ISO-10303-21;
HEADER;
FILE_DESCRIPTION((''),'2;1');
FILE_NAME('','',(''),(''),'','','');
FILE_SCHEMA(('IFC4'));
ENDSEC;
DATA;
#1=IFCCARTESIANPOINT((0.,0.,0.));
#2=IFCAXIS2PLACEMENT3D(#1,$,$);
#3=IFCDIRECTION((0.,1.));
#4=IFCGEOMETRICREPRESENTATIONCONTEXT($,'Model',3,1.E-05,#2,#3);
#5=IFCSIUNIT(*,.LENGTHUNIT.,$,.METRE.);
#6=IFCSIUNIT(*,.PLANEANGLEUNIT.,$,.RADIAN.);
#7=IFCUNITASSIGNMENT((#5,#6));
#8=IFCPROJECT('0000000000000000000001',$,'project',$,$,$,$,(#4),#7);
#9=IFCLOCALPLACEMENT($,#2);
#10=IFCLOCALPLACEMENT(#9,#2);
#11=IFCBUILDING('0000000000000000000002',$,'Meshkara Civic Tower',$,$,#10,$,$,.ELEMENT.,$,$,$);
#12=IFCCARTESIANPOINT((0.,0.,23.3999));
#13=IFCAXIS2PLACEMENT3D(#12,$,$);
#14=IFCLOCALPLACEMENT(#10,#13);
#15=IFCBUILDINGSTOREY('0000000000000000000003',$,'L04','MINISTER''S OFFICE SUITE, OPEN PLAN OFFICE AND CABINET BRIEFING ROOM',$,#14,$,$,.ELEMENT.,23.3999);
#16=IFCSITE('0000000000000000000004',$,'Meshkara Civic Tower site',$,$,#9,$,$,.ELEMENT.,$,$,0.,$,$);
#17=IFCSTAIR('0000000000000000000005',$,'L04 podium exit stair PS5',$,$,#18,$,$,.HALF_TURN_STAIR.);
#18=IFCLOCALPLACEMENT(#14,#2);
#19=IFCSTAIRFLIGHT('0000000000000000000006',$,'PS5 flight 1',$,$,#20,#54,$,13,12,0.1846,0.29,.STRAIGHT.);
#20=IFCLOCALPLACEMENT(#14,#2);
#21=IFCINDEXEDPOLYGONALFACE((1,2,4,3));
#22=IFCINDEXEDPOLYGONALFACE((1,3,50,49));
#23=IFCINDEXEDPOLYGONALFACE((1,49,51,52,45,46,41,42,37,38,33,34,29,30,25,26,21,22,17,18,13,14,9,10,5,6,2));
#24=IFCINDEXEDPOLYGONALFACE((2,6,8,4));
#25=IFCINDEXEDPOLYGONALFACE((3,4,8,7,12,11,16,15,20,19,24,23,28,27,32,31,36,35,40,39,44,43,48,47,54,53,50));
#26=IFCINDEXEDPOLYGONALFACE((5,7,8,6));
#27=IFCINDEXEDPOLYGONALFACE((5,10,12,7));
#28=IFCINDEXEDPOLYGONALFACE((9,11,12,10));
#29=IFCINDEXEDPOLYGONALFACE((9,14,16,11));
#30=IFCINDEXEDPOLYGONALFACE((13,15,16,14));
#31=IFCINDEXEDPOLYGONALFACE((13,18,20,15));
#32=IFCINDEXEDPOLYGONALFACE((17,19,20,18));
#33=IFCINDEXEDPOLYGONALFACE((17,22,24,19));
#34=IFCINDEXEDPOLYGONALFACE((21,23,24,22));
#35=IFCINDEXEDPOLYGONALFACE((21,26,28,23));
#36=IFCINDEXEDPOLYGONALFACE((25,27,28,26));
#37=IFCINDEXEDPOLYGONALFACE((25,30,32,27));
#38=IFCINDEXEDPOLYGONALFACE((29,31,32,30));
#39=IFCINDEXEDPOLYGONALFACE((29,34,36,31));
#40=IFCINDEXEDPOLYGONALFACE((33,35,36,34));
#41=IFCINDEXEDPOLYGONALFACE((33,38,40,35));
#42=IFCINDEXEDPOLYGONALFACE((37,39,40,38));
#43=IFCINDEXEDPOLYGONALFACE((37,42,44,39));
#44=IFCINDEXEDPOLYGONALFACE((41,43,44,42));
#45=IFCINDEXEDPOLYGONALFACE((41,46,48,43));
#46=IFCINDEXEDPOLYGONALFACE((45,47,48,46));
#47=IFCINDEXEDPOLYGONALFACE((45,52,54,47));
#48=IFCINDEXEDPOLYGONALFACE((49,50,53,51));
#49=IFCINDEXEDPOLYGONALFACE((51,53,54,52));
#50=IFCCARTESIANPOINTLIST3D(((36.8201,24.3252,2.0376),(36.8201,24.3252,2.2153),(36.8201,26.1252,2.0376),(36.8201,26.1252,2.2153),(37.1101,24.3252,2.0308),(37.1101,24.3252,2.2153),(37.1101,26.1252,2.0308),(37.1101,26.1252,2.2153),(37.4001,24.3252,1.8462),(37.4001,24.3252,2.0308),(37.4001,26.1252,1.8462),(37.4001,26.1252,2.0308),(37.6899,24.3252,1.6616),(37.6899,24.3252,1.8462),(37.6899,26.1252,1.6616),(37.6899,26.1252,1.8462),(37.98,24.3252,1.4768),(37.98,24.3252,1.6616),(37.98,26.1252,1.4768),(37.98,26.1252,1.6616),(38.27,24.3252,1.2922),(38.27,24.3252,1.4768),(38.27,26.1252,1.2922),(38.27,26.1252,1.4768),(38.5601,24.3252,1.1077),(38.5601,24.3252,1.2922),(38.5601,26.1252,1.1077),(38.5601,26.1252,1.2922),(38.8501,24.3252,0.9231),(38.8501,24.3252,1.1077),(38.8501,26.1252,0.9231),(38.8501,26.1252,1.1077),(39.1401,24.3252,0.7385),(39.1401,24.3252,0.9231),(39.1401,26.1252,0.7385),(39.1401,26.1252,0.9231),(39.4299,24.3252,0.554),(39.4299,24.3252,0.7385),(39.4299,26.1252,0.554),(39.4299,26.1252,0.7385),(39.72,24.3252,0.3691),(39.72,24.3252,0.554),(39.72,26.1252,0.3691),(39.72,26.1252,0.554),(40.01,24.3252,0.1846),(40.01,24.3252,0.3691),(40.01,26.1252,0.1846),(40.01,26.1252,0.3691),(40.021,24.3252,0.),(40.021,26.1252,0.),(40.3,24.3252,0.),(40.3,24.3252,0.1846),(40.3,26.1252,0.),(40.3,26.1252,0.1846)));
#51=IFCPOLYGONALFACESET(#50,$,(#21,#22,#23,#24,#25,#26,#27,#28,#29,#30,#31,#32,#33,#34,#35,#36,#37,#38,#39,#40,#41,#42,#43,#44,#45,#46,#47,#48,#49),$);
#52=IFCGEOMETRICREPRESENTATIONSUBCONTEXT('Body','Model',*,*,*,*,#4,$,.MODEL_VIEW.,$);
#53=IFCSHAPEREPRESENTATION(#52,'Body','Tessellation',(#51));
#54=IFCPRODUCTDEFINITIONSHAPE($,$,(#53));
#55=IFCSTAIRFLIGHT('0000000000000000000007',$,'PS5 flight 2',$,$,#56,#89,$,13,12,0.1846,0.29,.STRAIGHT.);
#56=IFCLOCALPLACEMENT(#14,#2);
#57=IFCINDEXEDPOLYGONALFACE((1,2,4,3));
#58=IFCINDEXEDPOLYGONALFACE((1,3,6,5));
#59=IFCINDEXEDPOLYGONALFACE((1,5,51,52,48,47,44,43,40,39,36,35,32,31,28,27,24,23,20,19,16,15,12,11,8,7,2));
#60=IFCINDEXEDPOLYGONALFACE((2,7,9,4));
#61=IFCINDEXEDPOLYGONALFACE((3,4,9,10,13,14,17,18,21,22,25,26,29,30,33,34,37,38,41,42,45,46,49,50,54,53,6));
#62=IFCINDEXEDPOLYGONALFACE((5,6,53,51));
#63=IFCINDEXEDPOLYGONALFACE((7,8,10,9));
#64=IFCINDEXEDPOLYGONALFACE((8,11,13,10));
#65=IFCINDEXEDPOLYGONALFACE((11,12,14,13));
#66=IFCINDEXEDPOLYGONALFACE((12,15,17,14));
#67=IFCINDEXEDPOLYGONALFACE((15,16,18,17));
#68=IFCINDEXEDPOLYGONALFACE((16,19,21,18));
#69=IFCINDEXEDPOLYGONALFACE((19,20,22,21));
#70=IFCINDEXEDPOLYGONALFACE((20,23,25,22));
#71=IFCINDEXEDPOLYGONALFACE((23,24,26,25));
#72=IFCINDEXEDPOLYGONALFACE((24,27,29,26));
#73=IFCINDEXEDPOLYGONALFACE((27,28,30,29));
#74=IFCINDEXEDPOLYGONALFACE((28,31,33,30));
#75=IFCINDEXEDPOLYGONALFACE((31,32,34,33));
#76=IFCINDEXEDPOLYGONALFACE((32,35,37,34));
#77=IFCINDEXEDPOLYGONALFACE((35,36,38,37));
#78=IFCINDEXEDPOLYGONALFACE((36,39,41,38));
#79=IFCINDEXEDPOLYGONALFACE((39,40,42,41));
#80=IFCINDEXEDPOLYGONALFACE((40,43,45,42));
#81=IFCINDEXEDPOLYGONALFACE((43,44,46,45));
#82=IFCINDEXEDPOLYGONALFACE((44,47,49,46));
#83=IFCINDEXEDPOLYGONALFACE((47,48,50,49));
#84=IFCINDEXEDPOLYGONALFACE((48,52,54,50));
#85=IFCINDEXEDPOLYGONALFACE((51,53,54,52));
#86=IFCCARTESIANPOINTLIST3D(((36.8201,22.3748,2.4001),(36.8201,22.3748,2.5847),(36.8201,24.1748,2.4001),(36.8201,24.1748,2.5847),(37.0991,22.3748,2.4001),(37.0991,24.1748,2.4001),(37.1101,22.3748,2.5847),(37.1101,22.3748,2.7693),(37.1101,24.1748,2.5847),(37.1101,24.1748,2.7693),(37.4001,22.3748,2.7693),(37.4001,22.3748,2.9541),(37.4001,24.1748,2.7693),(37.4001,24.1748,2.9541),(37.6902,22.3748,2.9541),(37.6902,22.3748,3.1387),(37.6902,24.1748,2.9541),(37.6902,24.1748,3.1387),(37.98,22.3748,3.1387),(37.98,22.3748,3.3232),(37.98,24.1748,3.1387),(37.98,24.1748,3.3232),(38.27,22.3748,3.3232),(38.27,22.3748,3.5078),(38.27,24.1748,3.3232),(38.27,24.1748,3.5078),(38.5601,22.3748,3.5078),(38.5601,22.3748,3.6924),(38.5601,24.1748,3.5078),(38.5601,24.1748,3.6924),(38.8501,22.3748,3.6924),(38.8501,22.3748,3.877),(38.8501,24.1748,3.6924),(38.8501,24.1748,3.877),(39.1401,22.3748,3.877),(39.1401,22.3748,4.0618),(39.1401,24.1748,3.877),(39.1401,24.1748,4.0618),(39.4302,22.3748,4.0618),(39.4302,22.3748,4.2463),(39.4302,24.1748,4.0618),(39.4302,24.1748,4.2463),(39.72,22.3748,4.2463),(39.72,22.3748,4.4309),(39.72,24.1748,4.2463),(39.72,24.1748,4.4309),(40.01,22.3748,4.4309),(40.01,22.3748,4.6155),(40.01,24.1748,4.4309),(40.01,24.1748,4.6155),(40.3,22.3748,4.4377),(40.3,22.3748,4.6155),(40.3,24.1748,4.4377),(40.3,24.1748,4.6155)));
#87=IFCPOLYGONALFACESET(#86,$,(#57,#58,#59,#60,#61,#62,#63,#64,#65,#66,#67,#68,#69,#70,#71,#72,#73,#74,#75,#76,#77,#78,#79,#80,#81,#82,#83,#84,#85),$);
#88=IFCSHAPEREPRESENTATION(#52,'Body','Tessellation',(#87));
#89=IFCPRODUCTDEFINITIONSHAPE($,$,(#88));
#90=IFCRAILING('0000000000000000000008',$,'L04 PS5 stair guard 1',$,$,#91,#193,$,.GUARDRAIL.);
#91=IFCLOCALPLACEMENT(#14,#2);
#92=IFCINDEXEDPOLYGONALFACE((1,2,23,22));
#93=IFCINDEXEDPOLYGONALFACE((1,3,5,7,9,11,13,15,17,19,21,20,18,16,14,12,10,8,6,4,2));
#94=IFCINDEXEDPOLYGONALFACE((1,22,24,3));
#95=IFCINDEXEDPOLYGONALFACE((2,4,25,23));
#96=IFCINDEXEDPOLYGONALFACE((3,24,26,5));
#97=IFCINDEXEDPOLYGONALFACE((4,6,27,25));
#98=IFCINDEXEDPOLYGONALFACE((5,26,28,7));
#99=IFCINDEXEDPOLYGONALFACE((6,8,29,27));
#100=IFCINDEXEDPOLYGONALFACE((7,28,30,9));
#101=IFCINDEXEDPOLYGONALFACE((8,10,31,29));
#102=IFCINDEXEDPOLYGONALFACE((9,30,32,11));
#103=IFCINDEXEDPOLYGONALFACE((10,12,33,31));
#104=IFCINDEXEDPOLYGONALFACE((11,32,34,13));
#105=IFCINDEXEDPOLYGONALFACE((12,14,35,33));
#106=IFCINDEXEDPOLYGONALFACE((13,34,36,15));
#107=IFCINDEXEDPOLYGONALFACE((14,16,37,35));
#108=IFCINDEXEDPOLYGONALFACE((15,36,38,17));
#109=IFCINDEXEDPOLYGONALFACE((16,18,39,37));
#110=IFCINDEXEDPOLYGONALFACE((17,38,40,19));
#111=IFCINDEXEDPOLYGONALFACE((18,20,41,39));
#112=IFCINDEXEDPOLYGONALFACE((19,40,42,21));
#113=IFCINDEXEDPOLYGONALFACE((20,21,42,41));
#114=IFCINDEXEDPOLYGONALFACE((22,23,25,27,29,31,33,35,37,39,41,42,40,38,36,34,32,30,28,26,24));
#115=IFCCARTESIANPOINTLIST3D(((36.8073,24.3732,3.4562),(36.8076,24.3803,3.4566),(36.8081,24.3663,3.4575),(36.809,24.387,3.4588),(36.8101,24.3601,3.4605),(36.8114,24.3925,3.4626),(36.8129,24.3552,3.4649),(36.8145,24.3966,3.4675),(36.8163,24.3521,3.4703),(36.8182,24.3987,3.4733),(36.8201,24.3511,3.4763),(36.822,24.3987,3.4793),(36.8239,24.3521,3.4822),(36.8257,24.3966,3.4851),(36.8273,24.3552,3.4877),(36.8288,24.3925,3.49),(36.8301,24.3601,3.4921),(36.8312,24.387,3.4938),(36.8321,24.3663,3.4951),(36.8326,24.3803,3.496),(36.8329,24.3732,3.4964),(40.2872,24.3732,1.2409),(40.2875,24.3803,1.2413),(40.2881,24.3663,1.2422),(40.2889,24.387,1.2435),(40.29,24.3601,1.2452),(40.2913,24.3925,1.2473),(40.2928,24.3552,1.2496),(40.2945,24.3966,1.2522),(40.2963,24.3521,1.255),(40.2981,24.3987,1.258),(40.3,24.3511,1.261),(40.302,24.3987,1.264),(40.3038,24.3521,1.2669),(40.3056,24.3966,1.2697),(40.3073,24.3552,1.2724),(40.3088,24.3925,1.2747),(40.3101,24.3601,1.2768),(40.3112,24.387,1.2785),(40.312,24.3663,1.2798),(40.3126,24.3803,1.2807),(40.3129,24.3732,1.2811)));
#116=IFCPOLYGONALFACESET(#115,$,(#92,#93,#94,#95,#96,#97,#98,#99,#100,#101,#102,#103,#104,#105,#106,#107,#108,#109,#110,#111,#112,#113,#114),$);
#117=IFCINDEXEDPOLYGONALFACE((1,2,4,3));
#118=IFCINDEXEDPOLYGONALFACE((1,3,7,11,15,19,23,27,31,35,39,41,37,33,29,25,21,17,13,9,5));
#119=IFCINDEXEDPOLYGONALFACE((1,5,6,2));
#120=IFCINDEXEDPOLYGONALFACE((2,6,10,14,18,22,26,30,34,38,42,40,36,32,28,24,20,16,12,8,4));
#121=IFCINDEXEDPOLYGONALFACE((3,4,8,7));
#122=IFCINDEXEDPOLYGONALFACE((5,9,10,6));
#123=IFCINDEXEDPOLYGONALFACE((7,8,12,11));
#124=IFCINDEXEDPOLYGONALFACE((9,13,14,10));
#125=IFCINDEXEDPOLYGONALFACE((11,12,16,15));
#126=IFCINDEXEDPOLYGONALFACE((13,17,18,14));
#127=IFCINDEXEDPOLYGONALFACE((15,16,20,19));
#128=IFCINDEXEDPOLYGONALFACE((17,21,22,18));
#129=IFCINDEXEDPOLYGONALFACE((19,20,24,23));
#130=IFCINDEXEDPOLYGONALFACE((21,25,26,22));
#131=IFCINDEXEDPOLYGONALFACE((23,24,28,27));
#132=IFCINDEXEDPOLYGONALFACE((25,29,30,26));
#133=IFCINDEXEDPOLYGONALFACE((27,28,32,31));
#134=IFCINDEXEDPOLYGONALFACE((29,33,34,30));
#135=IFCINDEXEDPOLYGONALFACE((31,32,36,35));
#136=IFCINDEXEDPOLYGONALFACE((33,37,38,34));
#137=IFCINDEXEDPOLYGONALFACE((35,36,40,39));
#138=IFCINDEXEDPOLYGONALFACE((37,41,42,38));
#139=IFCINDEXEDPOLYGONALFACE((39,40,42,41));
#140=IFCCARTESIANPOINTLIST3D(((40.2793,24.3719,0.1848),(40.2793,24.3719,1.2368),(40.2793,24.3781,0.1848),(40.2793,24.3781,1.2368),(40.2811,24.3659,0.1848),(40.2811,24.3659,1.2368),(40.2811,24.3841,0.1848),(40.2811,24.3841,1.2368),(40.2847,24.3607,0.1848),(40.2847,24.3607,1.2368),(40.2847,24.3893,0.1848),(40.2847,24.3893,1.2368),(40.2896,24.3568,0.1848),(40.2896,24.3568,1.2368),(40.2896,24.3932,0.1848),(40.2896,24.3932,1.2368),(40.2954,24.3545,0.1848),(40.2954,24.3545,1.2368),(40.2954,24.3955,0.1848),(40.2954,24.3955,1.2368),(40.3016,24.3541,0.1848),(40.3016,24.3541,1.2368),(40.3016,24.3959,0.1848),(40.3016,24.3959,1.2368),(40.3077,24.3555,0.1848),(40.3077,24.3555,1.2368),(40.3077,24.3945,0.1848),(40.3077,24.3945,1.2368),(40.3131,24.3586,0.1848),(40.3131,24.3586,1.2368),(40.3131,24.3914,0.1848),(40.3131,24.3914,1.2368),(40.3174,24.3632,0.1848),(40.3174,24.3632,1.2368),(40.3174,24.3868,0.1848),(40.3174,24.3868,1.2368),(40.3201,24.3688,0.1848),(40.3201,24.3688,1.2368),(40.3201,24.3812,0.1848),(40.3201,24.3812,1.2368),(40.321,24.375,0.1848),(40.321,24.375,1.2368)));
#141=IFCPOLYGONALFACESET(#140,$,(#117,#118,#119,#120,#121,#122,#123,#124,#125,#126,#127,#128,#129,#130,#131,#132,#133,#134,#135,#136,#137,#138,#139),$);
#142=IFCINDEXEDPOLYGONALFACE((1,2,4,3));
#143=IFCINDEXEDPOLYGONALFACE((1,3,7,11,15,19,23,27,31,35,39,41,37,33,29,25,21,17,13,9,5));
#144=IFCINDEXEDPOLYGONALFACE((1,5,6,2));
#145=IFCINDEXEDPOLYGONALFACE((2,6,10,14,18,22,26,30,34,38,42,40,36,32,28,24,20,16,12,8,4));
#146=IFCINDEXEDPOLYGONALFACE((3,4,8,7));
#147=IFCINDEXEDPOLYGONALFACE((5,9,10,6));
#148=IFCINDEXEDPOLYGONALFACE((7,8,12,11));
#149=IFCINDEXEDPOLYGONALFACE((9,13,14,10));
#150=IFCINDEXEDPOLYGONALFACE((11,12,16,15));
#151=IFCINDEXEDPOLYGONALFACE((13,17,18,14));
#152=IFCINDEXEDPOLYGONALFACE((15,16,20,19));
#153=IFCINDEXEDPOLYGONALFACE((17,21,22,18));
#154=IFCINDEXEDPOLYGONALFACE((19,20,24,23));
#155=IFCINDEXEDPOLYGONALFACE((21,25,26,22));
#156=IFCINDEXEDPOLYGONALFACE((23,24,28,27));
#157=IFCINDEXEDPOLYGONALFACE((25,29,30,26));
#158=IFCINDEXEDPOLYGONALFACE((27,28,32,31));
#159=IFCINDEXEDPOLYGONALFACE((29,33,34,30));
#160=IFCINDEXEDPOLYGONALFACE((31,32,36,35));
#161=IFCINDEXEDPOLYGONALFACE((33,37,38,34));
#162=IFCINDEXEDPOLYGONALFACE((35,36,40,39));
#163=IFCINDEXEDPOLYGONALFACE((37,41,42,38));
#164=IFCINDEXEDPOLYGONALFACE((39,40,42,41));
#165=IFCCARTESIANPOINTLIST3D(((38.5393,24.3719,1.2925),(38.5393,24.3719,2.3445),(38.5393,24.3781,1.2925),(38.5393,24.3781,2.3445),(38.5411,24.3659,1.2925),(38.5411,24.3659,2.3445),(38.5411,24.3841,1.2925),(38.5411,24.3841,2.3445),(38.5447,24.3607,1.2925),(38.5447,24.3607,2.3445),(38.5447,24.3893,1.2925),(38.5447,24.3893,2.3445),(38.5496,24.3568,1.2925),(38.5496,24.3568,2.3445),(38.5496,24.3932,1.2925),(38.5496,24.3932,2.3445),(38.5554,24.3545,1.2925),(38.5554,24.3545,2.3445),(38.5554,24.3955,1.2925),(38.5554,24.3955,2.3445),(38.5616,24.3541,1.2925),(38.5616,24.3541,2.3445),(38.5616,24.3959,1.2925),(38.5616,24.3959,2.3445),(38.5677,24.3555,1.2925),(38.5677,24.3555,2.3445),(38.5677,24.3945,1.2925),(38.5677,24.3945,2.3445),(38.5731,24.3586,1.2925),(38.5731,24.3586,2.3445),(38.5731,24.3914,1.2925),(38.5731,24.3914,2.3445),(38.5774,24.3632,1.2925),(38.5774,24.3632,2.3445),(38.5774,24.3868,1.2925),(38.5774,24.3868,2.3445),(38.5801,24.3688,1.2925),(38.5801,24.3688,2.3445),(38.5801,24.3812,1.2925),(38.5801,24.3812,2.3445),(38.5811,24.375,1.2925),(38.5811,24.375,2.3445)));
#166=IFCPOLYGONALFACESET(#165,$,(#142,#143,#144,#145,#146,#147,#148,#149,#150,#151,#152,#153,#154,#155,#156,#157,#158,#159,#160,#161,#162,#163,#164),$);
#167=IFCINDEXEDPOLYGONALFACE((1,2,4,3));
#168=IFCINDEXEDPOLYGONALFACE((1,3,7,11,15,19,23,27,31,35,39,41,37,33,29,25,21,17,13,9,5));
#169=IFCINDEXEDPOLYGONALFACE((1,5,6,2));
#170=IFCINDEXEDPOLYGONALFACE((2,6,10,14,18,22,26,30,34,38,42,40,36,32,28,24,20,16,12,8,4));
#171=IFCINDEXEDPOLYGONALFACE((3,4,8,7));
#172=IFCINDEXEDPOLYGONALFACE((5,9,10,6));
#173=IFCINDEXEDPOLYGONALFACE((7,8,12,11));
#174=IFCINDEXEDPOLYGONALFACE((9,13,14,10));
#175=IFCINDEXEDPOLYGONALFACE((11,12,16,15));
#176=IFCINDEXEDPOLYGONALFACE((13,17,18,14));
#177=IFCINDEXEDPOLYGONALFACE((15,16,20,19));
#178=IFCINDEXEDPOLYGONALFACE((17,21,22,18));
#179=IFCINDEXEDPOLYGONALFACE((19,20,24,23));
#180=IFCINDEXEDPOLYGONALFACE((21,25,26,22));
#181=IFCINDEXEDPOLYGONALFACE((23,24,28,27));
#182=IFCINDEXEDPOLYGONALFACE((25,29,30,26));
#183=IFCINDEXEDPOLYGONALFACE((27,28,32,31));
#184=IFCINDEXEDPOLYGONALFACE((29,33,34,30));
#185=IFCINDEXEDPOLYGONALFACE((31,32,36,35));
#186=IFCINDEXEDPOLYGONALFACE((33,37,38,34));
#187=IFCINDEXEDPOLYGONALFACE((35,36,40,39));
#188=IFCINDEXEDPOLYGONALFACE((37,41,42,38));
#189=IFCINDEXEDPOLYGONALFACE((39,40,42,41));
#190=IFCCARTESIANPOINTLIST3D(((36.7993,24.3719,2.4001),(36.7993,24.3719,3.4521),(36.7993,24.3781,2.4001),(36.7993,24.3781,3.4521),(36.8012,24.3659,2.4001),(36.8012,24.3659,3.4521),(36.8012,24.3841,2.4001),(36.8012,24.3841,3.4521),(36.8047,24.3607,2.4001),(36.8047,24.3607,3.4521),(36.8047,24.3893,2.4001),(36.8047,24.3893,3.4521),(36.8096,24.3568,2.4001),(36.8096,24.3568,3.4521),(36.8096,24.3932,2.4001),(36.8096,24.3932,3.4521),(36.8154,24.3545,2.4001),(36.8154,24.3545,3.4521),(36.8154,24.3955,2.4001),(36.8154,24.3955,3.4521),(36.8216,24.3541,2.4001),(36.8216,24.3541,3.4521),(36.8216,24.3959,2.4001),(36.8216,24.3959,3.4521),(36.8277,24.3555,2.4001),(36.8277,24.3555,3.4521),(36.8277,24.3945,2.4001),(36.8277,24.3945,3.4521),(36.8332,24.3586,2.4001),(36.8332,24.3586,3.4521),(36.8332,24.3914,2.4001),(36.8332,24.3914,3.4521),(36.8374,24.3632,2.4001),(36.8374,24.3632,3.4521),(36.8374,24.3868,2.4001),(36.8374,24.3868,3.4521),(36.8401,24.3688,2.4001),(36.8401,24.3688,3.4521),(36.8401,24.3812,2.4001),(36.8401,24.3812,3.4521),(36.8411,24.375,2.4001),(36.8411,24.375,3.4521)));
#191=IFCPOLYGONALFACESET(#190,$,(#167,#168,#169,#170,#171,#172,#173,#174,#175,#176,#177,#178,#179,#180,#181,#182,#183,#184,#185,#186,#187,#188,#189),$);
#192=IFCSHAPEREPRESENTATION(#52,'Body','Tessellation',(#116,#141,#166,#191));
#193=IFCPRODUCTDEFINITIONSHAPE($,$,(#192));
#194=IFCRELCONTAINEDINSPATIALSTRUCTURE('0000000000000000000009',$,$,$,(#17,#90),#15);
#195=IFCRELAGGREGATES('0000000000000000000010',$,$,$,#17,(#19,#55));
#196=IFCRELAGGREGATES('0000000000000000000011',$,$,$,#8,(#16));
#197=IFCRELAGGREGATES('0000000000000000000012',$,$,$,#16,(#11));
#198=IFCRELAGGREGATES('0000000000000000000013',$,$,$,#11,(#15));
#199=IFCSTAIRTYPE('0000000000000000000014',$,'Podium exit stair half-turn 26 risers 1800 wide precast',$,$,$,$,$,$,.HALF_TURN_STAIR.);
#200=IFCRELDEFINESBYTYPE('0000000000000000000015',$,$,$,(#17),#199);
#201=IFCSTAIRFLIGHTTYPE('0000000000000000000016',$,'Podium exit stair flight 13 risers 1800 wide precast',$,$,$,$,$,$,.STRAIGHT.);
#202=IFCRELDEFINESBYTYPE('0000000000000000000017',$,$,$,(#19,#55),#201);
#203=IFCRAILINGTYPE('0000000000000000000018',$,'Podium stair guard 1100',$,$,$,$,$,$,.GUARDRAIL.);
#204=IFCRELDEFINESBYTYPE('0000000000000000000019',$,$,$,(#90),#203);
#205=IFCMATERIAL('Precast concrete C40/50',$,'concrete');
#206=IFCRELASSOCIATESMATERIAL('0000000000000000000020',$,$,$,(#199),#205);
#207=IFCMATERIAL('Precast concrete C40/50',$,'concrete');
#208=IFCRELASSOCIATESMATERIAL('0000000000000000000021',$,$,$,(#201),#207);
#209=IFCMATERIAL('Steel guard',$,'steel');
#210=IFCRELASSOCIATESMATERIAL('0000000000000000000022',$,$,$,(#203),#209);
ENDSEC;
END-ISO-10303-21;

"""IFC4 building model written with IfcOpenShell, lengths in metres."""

from ifc_helpers import new_model, si_unit, direction, frame, origin, origin_2d, place, context, subcontext, project, spatial, polyline, circle, outline, extrude, material, type_object, element, aggregate, save


model = new_model("IFC4")

# Units and contexts
model_context = context("Model", 3, precision=1e-05, world=origin(), true_north=direction((0.0, 1.0)))
body_context = subcontext(model_context, "Body", "Model", "MODEL_VIEW")
ifc_project = project(units=[si_unit("LENGTHUNIT", "METRE"), si_unit("PLANEANGLEUNIT", "RADIAN")], contexts=[model_context])

# Site, building, storey
site_placement = place(None, origin())
site = spatial("IfcSite", under=ifc_project, at=site_placement, Name="Meshkara Civic Tower site", CompositionType="ELEMENT", RefElevation=0.0)
building_placement = place(site_placement, origin())
building = spatial("IfcBuilding", under=site, at=building_placement, Name="Meshkara Civic Tower", CompositionType="ELEMENT")
storey_placement = place(building_placement, frame((0.0, 0.0, 23.3999)))
storey = spatial("IfcBuildingStorey", under=building, at=storey_placement, Name="L04", Description="MINISTER'S OFFICE SUITE, OPEN PLAN OFFICE AND CABINET BRIEFING ROOM", CompositionType="ELEMENT", Elevation=23.3999)

# Stair, stair flights
ifc_material_1 = material(Name="Precast concrete C40/50", Category="concrete")
stair_type = type_object("IfcStairType", Name="Podium exit stair half-turn 26 risers 1800 wide precast", PredefinedType="HALF_TURN_STAIR", material=ifc_material_1)
stair_placement = place(storey_placement, origin())
stair = element("IfcStair", 1, at=stair_placement, inside=storey, type_object=stair_type, Name="L04 podium exit stair PS5", PredefinedType="HALF_TURN_STAIR")
ifc_material_2 = material(Name="Precast concrete C40/50", Category="concrete")
stair_flight_type = type_object("IfcStairFlightType", Name="Podium exit stair flight 13 risers 1800 wide precast", PredefinedType="STRAIGHT", material=ifc_material_2)
stair_flight_1_placement = place(storey_placement, frame((40.3, 25.2251, 0.0), z_axis=(0.0, 0.0, 1.0), x_axis=(-1.0, 0.0, 0.0)))
stair_flight_1 = element("IfcStairFlight", 2, at=stair_flight_1_placement, type_object=stair_flight_type, Name="PS5 flight 1", NumberOfRisers=13, NumberOfTreads=12, PredefinedType="STRAIGHT", RiserHeight=0.1846, TreadLength=0.29, context=body_context, shape_type="SweptSolid", body=[
    extrude(outline(polyline([(0.0, 0.0), (0.0, 0.1846), (0.29, 0.1846), (0.29, 0.3691), (0.5801, 0.3691), (0.5801, 0.554), (0.8701, 0.554), (0.8701, 0.7385), (1.1599, 0.7385), (1.1599, 0.9231), (1.45, 0.9231), (1.45, 1.1077), (1.74, 1.1077), (1.74, 1.2922), (2.03, 1.2922), (2.03, 1.4768), (2.3201, 1.4768), (2.3201, 1.6616), (2.6101, 1.6616), (2.6101, 1.8462), (2.8999, 1.8462), (2.8999, 2.0308), (3.1899, 2.0308), (3.1899, 2.2153), (3.48, 2.2153), (3.48, 2.3999), (3.48, 2.0376), (0.2791, 0.0), (0.0, 0.0)])), frame((0.0, 0.8999, 0.0), z_axis=(0.0, -1.0, 0.0), x_axis=(1.0, 0.0, 0.0)), (0.0, 0.0, 1.0), 1.8),
])
stair_flight_2_placement = place(storey_placement, frame((36.8201, 23.2749, 2.4001), z_axis=(0.0, 0.0, 1.0), x_axis=(1.0, 0.0, 0.0)))
stair_flight_2 = element("IfcStairFlight", 3, at=stair_flight_2_placement, type_object=stair_flight_type, Name="PS5 flight 2", NumberOfRisers=13, NumberOfTreads=12, PredefinedType="STRAIGHT", RiserHeight=0.1846, TreadLength=0.29, context=body_context, shape_type="SweptSolid", body=[
    extrude(outline(polyline([(0.0, 0.0), (0.0, 0.1846), (0.29, 0.1846), (0.29, 0.3691), (0.5801, 0.3691), (0.5801, 0.554), (0.8701, 0.554), (0.8701, 0.7385), (1.1599, 0.7385), (1.1599, 0.9231), (1.45, 0.9231), (1.45, 1.1077), (1.74, 1.1077), (1.74, 1.2922), (2.03, 1.2922), (2.03, 1.4768), (2.3201, 1.4768), (2.3201, 1.6616), (2.6101, 1.6616), (2.6101, 1.8462), (2.8999, 1.8462), (2.8999, 2.0308), (3.1899, 2.0308), (3.1899, 2.2153), (3.48, 2.2153), (3.48, 2.3999), (3.48, 2.0376), (0.2791, 0.0), (0.0, 0.0)])), frame((0.0, 0.8999, 0.0), z_axis=(0.0, -1.0, 0.0), x_axis=(1.0, 0.0, 0.0)), (0.0, 0.0, 1.0), 1.8),
])
aggregate(stair, [stair_flight_1, stair_flight_2])

# Railing
ifc_material_3 = material(Name="Steel guard", Category="steel")
railing_type_1 = type_object("IfcRailingType", Name="Podium stair guard 1100", PredefinedType="GUARDRAIL", material=ifc_material_3)
railing_1_placement = place(storey_placement, frame((40.3, 24.375, 0.1848)))
element("IfcRailing", 4, at=railing_1_placement, inside=storey, type_object=railing_type_1, Name="L04 PS5 stair guard 1", PredefinedType="GUARDRAIL", context=body_context, shape_type="SweptSolid", body=[
    extrude(circle(Radius=0.0239, at=origin_2d()), frame((0.0, 0.0, 1.0762), z_axis=(-0.843574, 0.0, 0.537013), x_axis=(0.0, -1.0, 0.0)), (0.0, 0.0, 1.0), 4.1252),
    extrude(circle(Radius=0.021, at=origin_2d()), origin(), (0.0, 0.0, 1.0), 1.052),
    extrude(circle(Radius=0.021, at=origin_2d()), frame((-1.74, 0.0, 1.1077)), (0.0, 0.0, 1.0), 1.052),
    extrude(circle(Radius=0.021, at=origin_2d()), frame((-3.48, 0.0, 2.2153)), (0.0, 0.0, 1.0), 1.052),
])

save(model, "model.ifc")
